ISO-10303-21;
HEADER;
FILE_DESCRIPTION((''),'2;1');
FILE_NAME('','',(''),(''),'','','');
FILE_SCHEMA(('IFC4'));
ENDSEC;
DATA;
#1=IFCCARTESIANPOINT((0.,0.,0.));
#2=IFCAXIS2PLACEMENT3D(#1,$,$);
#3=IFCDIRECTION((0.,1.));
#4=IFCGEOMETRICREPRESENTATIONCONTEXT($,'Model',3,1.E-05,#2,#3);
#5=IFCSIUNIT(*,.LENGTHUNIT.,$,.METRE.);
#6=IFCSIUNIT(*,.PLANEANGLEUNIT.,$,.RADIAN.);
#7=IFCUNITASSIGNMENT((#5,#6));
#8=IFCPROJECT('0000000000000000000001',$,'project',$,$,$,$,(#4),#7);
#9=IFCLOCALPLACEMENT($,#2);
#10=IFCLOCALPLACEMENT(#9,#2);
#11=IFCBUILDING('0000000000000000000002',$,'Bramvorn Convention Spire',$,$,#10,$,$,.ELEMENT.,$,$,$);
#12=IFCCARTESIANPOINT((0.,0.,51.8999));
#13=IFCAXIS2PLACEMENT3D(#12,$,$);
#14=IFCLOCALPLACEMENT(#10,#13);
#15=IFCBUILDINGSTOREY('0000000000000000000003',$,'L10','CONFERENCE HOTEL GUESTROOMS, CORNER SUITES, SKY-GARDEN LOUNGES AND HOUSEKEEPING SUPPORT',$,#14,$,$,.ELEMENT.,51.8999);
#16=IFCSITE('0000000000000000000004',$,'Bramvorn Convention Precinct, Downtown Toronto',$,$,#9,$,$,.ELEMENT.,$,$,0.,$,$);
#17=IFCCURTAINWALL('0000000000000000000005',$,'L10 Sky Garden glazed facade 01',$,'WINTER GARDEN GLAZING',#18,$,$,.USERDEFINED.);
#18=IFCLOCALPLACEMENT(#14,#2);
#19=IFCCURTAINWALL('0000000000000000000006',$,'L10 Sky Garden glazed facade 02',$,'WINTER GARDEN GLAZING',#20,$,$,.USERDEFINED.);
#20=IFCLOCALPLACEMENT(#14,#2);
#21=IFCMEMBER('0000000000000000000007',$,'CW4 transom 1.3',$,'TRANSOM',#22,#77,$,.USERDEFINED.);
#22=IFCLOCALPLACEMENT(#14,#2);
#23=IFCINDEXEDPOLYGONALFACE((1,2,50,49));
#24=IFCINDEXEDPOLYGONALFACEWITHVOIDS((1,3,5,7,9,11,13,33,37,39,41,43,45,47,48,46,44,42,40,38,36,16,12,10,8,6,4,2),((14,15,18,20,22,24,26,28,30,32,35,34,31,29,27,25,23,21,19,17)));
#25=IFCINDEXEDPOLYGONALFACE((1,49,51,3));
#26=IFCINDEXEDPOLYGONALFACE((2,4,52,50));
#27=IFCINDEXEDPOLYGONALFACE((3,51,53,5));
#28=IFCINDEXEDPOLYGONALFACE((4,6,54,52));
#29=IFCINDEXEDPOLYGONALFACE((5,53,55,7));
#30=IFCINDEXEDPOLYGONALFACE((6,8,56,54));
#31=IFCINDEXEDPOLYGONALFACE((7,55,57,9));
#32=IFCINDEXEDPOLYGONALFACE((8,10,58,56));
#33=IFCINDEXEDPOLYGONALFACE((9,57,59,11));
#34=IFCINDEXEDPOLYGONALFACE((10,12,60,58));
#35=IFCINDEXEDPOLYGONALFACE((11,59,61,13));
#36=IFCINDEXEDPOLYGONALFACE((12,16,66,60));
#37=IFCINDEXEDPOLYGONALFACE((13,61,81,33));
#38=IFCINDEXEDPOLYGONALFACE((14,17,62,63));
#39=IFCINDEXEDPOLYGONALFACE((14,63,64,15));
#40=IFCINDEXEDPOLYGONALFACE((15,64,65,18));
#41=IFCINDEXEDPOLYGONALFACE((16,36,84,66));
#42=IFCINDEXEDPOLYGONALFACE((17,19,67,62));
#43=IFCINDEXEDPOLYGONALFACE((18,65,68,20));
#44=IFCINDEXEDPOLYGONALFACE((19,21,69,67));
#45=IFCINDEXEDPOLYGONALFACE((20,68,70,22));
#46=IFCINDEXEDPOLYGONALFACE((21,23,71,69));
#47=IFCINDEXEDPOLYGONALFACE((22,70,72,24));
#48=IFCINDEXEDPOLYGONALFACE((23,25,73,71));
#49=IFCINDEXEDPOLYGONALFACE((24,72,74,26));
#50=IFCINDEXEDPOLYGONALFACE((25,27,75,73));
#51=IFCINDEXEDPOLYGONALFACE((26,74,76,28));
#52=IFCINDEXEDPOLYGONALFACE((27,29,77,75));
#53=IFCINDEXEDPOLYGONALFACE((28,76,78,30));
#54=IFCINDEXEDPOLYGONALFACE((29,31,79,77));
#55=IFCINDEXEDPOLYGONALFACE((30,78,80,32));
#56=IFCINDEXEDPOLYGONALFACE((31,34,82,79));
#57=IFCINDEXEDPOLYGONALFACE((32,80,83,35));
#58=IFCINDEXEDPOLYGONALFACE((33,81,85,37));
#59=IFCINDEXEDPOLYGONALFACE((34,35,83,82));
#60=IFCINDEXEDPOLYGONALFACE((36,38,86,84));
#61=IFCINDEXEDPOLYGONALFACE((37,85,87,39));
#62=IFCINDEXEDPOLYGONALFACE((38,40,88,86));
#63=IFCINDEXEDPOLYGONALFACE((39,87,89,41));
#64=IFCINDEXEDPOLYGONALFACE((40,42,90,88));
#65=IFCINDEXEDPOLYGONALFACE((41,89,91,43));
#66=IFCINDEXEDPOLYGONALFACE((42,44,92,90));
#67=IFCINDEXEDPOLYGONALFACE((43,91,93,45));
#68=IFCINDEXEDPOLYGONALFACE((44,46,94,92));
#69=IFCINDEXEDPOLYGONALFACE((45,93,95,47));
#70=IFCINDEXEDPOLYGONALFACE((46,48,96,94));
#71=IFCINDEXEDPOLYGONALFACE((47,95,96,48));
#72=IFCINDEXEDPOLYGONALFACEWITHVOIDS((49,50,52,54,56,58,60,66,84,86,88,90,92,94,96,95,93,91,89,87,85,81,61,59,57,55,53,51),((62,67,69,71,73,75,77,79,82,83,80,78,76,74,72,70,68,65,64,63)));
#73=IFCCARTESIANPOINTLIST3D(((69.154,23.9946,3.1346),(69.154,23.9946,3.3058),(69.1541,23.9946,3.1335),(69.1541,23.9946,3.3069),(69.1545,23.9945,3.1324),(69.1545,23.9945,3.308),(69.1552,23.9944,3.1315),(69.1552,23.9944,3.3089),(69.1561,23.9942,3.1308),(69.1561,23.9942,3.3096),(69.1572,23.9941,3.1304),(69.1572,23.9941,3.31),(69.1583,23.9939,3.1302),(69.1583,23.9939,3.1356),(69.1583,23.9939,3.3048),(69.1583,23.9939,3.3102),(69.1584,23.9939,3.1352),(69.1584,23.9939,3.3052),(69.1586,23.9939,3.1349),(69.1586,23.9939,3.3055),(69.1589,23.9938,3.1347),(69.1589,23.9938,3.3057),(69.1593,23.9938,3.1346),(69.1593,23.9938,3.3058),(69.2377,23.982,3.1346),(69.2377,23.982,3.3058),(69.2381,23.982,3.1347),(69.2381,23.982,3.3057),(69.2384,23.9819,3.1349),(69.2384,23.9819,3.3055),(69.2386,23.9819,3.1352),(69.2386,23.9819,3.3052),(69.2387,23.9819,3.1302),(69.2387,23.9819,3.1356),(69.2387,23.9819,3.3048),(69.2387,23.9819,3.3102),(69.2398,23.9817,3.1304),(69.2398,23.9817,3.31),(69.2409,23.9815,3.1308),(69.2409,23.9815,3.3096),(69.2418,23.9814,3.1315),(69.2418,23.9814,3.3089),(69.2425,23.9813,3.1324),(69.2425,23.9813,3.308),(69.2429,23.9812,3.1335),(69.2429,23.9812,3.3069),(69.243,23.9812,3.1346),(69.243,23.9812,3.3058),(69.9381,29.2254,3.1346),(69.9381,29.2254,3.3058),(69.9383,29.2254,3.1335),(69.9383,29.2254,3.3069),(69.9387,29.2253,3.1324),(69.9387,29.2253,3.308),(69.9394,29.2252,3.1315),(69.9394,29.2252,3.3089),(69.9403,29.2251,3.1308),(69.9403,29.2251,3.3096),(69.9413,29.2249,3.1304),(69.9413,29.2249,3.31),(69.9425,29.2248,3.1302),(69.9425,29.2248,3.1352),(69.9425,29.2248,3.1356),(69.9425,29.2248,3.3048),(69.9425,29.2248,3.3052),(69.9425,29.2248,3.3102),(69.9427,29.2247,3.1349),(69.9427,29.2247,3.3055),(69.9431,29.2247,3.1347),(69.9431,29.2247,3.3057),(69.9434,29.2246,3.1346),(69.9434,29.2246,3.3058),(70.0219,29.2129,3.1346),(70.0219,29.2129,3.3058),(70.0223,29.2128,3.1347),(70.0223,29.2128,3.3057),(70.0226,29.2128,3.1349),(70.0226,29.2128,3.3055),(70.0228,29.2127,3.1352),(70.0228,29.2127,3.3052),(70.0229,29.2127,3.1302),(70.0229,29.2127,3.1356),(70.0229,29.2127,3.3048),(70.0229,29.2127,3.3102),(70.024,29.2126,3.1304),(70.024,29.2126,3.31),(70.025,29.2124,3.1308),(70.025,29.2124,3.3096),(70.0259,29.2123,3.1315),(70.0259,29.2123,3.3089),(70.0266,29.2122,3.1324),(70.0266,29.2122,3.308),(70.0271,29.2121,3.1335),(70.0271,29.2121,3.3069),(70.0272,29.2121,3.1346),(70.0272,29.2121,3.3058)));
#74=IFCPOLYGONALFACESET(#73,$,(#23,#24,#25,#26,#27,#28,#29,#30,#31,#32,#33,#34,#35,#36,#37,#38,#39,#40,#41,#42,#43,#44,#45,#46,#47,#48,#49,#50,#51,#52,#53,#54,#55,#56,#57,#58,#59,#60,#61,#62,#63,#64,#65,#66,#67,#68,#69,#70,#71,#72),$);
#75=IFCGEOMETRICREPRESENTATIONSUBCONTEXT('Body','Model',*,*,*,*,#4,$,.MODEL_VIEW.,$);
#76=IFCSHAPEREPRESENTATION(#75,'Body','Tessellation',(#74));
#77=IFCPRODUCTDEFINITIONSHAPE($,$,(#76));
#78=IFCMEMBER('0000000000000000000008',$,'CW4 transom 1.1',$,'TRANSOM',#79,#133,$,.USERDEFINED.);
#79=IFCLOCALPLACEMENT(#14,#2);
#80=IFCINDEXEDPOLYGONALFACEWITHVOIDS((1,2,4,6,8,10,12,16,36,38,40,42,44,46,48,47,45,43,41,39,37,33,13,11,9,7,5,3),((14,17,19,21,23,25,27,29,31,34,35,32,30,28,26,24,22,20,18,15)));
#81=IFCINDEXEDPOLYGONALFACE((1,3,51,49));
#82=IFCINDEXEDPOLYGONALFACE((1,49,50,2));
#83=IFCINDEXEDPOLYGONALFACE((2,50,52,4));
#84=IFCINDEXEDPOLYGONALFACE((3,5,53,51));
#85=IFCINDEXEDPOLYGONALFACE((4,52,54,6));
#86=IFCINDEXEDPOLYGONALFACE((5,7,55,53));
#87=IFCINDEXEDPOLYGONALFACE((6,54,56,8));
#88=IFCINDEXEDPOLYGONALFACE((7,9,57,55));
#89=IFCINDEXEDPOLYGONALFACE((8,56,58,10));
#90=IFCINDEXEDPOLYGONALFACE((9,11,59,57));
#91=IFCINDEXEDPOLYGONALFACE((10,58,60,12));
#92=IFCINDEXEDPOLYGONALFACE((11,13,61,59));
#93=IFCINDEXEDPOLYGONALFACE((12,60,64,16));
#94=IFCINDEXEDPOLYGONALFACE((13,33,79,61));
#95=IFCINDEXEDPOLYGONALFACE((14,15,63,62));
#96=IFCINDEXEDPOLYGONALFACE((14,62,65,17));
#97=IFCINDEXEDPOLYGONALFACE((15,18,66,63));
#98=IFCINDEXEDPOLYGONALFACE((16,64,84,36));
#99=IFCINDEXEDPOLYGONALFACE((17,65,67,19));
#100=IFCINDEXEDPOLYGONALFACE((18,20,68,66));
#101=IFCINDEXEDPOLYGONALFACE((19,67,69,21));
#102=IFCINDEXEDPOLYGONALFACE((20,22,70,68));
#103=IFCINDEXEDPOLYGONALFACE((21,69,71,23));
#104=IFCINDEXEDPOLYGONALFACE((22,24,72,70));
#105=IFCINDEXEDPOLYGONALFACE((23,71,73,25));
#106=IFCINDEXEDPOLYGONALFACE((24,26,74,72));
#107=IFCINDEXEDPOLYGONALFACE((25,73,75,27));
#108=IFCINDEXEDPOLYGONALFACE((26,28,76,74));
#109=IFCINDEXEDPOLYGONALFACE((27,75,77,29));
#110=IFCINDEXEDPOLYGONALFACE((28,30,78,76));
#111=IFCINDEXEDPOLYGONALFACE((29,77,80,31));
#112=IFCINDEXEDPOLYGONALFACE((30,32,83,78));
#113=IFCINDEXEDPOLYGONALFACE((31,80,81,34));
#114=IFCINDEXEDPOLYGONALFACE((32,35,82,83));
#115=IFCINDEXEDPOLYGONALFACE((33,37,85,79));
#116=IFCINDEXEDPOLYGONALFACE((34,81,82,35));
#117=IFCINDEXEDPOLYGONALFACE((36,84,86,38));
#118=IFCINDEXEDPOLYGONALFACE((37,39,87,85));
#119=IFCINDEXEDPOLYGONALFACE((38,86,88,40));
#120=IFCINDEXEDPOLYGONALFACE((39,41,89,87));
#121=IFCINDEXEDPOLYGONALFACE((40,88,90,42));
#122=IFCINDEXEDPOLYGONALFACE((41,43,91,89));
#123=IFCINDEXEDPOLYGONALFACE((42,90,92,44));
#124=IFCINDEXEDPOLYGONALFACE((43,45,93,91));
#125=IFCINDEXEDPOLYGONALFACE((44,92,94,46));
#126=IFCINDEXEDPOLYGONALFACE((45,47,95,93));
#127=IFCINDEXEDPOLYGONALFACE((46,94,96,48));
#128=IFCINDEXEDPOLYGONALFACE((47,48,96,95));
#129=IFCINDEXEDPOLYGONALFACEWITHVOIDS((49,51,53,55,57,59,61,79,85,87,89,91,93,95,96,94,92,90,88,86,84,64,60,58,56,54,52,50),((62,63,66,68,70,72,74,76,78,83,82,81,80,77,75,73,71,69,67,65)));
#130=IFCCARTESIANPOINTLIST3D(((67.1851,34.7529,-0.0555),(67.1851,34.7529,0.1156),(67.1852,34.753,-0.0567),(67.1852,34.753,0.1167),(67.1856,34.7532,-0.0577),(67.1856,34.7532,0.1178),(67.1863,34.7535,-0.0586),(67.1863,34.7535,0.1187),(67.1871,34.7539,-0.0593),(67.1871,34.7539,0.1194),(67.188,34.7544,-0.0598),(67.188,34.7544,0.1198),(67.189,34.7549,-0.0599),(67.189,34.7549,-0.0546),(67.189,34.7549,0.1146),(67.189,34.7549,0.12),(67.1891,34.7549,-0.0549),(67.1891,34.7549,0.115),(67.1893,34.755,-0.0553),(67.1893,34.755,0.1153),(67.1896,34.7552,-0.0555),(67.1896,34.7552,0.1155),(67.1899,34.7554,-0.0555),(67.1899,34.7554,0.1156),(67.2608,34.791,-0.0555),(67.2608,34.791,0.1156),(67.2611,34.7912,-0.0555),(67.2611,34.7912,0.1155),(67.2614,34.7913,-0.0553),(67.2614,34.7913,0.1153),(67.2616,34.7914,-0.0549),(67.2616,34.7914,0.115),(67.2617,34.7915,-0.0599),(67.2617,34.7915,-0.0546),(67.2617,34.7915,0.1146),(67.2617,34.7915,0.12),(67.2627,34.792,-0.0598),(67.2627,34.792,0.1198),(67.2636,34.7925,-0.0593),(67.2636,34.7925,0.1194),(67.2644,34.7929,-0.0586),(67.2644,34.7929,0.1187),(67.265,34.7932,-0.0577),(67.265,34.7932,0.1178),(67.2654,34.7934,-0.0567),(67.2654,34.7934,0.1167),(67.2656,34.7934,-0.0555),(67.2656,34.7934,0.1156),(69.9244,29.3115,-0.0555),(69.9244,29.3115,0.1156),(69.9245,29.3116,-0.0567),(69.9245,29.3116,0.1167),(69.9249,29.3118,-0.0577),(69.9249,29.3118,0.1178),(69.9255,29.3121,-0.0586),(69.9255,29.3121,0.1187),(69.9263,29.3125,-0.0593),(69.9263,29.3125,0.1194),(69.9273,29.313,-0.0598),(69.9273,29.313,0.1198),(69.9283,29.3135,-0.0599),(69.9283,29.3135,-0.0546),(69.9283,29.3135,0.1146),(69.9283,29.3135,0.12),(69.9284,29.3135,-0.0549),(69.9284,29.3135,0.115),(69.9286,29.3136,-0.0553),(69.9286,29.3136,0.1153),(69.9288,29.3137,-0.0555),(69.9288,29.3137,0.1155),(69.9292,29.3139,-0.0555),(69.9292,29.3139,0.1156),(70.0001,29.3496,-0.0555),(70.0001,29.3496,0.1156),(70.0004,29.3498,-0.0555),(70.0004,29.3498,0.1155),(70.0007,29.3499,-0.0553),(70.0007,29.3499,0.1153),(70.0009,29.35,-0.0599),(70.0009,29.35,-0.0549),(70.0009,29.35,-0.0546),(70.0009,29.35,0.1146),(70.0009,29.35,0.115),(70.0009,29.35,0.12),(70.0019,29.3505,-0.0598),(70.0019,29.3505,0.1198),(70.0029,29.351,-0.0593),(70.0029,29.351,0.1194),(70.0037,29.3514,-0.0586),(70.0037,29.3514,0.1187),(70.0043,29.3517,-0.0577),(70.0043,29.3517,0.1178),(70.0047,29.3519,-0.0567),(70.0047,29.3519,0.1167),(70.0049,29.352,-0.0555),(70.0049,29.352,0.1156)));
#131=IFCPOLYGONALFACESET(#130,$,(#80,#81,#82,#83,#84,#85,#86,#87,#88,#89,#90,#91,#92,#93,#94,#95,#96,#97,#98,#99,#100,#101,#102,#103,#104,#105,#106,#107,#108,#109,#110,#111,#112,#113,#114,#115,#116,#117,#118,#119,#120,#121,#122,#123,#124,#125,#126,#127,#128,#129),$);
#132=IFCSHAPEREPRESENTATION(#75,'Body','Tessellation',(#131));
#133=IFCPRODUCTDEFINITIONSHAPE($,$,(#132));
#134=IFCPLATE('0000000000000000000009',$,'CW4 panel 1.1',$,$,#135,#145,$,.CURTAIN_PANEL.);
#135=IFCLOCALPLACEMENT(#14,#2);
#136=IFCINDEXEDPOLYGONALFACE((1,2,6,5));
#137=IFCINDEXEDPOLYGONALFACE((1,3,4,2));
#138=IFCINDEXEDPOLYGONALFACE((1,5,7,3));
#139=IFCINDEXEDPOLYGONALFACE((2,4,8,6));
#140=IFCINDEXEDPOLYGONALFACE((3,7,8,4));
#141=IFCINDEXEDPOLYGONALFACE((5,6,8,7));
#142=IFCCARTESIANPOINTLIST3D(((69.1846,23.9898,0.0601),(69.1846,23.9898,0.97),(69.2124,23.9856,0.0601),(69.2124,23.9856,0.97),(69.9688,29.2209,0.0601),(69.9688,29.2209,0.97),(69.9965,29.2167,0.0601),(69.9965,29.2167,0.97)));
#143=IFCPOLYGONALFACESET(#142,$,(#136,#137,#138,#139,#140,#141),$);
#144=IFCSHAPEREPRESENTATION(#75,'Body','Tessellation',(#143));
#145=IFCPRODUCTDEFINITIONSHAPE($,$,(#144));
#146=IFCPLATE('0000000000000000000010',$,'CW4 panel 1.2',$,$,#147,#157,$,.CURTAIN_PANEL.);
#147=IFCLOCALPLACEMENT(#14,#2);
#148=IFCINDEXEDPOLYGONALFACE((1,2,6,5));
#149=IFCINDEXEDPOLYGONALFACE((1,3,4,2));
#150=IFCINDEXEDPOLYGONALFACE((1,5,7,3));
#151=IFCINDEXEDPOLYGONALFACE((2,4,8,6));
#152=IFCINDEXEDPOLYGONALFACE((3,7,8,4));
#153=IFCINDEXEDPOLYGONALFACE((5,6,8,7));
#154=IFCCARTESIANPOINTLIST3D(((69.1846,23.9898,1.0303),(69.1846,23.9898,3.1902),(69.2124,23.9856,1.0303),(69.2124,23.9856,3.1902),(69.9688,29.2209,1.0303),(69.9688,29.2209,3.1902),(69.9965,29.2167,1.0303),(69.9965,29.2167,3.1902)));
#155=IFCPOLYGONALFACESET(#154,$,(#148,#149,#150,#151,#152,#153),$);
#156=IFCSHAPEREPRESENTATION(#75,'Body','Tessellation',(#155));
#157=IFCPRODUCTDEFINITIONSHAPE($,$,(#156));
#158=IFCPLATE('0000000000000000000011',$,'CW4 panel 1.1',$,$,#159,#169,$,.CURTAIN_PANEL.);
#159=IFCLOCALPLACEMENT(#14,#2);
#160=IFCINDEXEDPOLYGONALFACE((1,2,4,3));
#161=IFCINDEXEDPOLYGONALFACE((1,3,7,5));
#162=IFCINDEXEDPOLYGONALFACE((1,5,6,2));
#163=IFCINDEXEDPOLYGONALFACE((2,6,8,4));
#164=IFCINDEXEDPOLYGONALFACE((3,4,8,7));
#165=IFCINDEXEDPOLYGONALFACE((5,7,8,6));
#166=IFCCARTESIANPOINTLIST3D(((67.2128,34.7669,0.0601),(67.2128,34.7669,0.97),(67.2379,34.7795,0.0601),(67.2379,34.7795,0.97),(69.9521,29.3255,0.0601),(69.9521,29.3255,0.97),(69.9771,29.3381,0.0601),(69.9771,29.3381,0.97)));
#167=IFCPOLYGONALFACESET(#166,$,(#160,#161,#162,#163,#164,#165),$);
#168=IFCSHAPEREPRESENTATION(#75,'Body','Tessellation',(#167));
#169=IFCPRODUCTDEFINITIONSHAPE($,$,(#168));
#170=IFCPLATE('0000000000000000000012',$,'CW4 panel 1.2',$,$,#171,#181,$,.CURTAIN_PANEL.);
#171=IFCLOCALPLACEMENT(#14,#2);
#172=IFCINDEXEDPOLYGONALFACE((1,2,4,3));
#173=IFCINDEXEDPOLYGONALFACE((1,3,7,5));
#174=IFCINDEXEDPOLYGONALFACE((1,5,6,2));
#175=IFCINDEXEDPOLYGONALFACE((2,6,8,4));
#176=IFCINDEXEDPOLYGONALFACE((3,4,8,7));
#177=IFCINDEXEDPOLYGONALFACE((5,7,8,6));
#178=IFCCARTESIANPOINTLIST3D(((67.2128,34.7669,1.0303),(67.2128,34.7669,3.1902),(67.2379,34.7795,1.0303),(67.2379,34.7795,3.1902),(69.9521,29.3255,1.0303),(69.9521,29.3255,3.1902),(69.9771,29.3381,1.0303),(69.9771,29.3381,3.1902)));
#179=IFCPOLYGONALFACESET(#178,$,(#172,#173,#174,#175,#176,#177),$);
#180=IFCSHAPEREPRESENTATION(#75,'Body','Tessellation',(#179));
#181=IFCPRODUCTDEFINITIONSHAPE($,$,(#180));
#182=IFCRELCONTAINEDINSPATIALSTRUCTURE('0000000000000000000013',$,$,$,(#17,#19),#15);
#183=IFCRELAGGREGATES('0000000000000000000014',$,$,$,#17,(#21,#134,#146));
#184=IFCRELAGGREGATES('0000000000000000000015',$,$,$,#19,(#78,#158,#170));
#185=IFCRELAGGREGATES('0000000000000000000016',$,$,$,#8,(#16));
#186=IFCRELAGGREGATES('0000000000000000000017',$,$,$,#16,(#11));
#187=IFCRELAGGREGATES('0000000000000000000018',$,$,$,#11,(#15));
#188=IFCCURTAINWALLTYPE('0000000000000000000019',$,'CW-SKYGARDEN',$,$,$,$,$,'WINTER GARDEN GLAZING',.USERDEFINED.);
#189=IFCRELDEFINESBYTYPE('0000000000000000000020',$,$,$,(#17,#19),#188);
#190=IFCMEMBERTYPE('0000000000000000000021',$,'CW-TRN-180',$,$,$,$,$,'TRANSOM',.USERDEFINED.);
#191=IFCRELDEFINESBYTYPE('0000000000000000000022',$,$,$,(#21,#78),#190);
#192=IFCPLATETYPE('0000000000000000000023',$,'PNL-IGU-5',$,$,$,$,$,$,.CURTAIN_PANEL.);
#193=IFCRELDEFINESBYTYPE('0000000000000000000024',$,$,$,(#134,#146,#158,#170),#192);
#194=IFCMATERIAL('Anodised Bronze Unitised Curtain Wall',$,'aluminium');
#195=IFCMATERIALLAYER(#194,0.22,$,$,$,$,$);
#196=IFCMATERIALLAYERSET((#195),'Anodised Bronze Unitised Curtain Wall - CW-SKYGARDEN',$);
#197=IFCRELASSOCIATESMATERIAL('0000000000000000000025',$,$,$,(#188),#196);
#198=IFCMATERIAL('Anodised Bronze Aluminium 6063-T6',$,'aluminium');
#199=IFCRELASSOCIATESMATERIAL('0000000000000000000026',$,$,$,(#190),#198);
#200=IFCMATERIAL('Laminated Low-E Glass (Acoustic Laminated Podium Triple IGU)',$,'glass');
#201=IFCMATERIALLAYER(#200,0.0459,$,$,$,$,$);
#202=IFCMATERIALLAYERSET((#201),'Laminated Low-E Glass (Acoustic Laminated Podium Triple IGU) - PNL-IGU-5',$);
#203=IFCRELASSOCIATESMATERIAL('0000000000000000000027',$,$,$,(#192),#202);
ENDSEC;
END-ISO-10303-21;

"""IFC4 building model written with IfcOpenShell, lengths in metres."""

from ifc_helpers import new_model, si_unit, direction, frame, origin, origin_2d, place, context, subcontext, project, spatial, rectangle, hollow_rectangle, extrude, material, layer, layer_set, material_profile, profile_set, type_object, element, aggregate, save


model = new_model("IFC4")

# Units and contexts
model_context = context("Model", 3, precision=1e-05, world=origin(), true_north=direction((0.0, 1.0)))
body_context = subcontext(model_context, "Body", "Model", "MODEL_VIEW")
ifc_project = project(units=[si_unit("LENGTHUNIT", "METRE"), si_unit("PLANEANGLEUNIT", "RADIAN")], contexts=[model_context])

# Site, building, storey
site_placement = place(None, origin())
site = spatial("IfcSite", under=ifc_project, at=site_placement, Name="Bramvorn Convention Precinct, Downtown Toronto", CompositionType="ELEMENT", RefElevation=0.0)
building_placement = place(site_placement, origin())
building = spatial("IfcBuilding", under=site, at=building_placement, Name="Bramvorn Convention Spire", CompositionType="ELEMENT")
storey_placement = place(building_placement, frame((0.0, 0.0, 51.8999)))
storey = spatial("IfcBuildingStorey", under=building, at=storey_placement, Name="L10", Description="CONFERENCE HOTEL GUESTROOMS, CORNER SUITES, SKY-GARDEN LOUNGES AND HOUSEKEEPING SUPPORT", CompositionType="ELEMENT", Elevation=51.8999)

# Curtain wall
ifc_material_1 = material(Name="Anodised Bronze Unitised Curtain Wall", Category="aluminium")
ifc_layer_1 = layer(ifc_material_1, 0.22)
ifc_layer_set_1 = layer_set([ifc_layer_1], Name="Anodised Bronze Unitised Curtain Wall - CW-SKYGARDEN")
curtain_wall_type = type_object("IfcCurtainWallType", Name="CW-SKYGARDEN", ElementType="WINTER GARDEN GLAZING", PredefinedType="USERDEFINED", material=ifc_layer_set_1)
curtain_wall_1_placement = place(storey_placement, origin())
curtain_wall_1 = element("IfcCurtainWall", 1, at=curtain_wall_1_placement, inside=storey, type_object=curtain_wall_type, Name="L10 Sky Garden glazed facade 01", ObjectType="WINTER GARDEN GLAZING", PredefinedType="USERDEFINED")
ifc_material_2 = material(Name="Anodised Bronze Aluminium 6063-T6", Category="aluminium")

# Curtain wall
curtain_wall_2_placement = place(storey_placement, origin())
curtain_wall_2 = element("IfcCurtainWall", 2, at=curtain_wall_2_placement, inside=storey, type_object=curtain_wall_type, Name="L10 Sky Garden glazed facade 02", ObjectType="WINTER GARDEN GLAZING", PredefinedType="USERDEFINED")

# Members
ifc_material_profile_1 = material_profile(ifc_material_2, hollow_rectangle(XDim=0.0901, YDim=0.1799, WallThickness=0.0044, InnerFilletRadius=0.001, OuterFilletRadius=0.0044, at=origin_2d()))
ifc_profile_set_1 = profile_set([ifc_material_profile_1], Name="Anodised Bronze Aluminium 6063-T6 - CWT90X180")
member_type_1 = type_object("IfcMemberType", Name="CW-TRN-180", ElementType="TRANSOM", PredefinedType="USERDEFINED", material=ifc_profile_set_1)
member_1_placement = place(storey_placement, frame((69.9827, 29.2188, 3.2202), z_axis=(-0.148255, -0.988949, 0.0), x_axis=(0.988949, -0.148255, 0.0)))
member_1 = element("IfcMember", 3, at=member_1_placement, type_object=member_type_1, Name="CW4 transom 1.3", ObjectType="TRANSOM", PredefinedType="USERDEFINED", context=body_context, shape_type="SweptSolid", body=[
    extrude(hollow_rectangle(XDim=0.0901, YDim=0.1799, WallThickness=0.0044, InnerFilletRadius=0.001, OuterFilletRadius=0.0044, at=origin_2d()), origin(), (0.0, 0.0, 1.0), 5.2893),
])
member_2_placement = place(storey_placement, frame((67.2253, 34.7732, 0.03), z_axis=(0.449649, -0.893206, 0.0), x_axis=(0.893206, 0.449649, 0.0)))
member_2 = element("IfcMember", 4, at=member_2_placement, type_object=member_type_1, Name="CW4 transom 1.1", ObjectType="TRANSOM", PredefinedType="USERDEFINED", context=body_context, shape_type="SweptSolid", body=[
    extrude(hollow_rectangle(XDim=0.0901, YDim=0.1799, WallThickness=0.0044, InnerFilletRadius=0.001, OuterFilletRadius=0.0044, at=origin_2d()), origin(), (0.0, 0.0, 1.0), 6.092),
])

# Plates
ifc_material_3 = material(Name="Laminated Low-E Glass (Acoustic Laminated Podium Triple IGU)", Category="glass")
ifc_layer_2 = layer(ifc_material_3, 0.0459)
ifc_layer_set_2 = layer_set([ifc_layer_2], Name="Laminated Low-E Glass (Acoustic Laminated Podium Triple IGU) - PNL-IGU-5")
plate_type = type_object("IfcPlateType", Name="PNL-IGU-5", PredefinedType="CURTAIN_PANEL", material=ifc_layer_set_2)
plate_1_placement = place(storey_placement, frame((69.5906, 26.6033, 0.0601), z_axis=(0.0, 0.0, 1.0), x_axis=(-0.14824, -0.988951, 0.0)))
plate_1 = element("IfcPlate", 5, at=plate_1_placement, type_object=plate_type, Name="CW4 panel 1.1", PredefinedType="CURTAIN_PANEL", context=body_context, shape_type="SweptSolid", body=[
    extrude(rectangle(XDim=5.2896, YDim=0.0281, at=origin_2d()), origin(), (0.0, 0.0, 1.0), 0.9099),
])
plate_2_placement = place(storey_placement, frame((69.5906, 26.6033, 1.0303), z_axis=(0.0, 0.0, 1.0), x_axis=(-0.14824, -0.988951, 0.0)))
plate_2 = element("IfcPlate", 6, at=plate_2_placement, type_object=plate_type, Name="CW4 panel 1.2", PredefinedType="CURTAIN_PANEL", context=body_context, shape_type="SweptSolid", body=[
    extrude(rectangle(XDim=5.2896, YDim=0.0281, at=origin_2d()), origin(), (0.0, 0.0, 1.0), 2.1599),
])
aggregate(curtain_wall_1, [member_1, plate_1, plate_2])
plate_3_placement = place(storey_placement, frame((68.595, 32.0525, 0.0601), z_axis=(0.0, 0.0, 1.0), x_axis=(0.449646, -0.893207, 0.0)))
plate_3 = element("IfcPlate", 7, at=plate_3_placement, type_object=plate_type, Name="CW4 panel 1.1", PredefinedType="CURTAIN_PANEL", context=body_context, shape_type="SweptSolid", body=[
    extrude(rectangle(XDim=6.092, YDim=0.0281, at=origin_2d()), origin(), (0.0, 0.0, 1.0), 0.9099),
])
plate_4_placement = place(storey_placement, frame((68.595, 32.0525, 1.0303), z_axis=(0.0, 0.0, 1.0), x_axis=(0.449646, -0.893207, 0.0)))
plate_4 = element("IfcPlate", 8, at=plate_4_placement, type_object=plate_type, Name="CW4 panel 1.2", PredefinedType="CURTAIN_PANEL", context=body_context, shape_type="SweptSolid", body=[
    extrude(rectangle(XDim=6.092, YDim=0.0281, at=origin_2d()), origin(), (0.0, 0.0, 1.0), 2.1599),
])
aggregate(curtain_wall_2, [member_2, plate_3, plate_4])

save(model, "model.ifc")
